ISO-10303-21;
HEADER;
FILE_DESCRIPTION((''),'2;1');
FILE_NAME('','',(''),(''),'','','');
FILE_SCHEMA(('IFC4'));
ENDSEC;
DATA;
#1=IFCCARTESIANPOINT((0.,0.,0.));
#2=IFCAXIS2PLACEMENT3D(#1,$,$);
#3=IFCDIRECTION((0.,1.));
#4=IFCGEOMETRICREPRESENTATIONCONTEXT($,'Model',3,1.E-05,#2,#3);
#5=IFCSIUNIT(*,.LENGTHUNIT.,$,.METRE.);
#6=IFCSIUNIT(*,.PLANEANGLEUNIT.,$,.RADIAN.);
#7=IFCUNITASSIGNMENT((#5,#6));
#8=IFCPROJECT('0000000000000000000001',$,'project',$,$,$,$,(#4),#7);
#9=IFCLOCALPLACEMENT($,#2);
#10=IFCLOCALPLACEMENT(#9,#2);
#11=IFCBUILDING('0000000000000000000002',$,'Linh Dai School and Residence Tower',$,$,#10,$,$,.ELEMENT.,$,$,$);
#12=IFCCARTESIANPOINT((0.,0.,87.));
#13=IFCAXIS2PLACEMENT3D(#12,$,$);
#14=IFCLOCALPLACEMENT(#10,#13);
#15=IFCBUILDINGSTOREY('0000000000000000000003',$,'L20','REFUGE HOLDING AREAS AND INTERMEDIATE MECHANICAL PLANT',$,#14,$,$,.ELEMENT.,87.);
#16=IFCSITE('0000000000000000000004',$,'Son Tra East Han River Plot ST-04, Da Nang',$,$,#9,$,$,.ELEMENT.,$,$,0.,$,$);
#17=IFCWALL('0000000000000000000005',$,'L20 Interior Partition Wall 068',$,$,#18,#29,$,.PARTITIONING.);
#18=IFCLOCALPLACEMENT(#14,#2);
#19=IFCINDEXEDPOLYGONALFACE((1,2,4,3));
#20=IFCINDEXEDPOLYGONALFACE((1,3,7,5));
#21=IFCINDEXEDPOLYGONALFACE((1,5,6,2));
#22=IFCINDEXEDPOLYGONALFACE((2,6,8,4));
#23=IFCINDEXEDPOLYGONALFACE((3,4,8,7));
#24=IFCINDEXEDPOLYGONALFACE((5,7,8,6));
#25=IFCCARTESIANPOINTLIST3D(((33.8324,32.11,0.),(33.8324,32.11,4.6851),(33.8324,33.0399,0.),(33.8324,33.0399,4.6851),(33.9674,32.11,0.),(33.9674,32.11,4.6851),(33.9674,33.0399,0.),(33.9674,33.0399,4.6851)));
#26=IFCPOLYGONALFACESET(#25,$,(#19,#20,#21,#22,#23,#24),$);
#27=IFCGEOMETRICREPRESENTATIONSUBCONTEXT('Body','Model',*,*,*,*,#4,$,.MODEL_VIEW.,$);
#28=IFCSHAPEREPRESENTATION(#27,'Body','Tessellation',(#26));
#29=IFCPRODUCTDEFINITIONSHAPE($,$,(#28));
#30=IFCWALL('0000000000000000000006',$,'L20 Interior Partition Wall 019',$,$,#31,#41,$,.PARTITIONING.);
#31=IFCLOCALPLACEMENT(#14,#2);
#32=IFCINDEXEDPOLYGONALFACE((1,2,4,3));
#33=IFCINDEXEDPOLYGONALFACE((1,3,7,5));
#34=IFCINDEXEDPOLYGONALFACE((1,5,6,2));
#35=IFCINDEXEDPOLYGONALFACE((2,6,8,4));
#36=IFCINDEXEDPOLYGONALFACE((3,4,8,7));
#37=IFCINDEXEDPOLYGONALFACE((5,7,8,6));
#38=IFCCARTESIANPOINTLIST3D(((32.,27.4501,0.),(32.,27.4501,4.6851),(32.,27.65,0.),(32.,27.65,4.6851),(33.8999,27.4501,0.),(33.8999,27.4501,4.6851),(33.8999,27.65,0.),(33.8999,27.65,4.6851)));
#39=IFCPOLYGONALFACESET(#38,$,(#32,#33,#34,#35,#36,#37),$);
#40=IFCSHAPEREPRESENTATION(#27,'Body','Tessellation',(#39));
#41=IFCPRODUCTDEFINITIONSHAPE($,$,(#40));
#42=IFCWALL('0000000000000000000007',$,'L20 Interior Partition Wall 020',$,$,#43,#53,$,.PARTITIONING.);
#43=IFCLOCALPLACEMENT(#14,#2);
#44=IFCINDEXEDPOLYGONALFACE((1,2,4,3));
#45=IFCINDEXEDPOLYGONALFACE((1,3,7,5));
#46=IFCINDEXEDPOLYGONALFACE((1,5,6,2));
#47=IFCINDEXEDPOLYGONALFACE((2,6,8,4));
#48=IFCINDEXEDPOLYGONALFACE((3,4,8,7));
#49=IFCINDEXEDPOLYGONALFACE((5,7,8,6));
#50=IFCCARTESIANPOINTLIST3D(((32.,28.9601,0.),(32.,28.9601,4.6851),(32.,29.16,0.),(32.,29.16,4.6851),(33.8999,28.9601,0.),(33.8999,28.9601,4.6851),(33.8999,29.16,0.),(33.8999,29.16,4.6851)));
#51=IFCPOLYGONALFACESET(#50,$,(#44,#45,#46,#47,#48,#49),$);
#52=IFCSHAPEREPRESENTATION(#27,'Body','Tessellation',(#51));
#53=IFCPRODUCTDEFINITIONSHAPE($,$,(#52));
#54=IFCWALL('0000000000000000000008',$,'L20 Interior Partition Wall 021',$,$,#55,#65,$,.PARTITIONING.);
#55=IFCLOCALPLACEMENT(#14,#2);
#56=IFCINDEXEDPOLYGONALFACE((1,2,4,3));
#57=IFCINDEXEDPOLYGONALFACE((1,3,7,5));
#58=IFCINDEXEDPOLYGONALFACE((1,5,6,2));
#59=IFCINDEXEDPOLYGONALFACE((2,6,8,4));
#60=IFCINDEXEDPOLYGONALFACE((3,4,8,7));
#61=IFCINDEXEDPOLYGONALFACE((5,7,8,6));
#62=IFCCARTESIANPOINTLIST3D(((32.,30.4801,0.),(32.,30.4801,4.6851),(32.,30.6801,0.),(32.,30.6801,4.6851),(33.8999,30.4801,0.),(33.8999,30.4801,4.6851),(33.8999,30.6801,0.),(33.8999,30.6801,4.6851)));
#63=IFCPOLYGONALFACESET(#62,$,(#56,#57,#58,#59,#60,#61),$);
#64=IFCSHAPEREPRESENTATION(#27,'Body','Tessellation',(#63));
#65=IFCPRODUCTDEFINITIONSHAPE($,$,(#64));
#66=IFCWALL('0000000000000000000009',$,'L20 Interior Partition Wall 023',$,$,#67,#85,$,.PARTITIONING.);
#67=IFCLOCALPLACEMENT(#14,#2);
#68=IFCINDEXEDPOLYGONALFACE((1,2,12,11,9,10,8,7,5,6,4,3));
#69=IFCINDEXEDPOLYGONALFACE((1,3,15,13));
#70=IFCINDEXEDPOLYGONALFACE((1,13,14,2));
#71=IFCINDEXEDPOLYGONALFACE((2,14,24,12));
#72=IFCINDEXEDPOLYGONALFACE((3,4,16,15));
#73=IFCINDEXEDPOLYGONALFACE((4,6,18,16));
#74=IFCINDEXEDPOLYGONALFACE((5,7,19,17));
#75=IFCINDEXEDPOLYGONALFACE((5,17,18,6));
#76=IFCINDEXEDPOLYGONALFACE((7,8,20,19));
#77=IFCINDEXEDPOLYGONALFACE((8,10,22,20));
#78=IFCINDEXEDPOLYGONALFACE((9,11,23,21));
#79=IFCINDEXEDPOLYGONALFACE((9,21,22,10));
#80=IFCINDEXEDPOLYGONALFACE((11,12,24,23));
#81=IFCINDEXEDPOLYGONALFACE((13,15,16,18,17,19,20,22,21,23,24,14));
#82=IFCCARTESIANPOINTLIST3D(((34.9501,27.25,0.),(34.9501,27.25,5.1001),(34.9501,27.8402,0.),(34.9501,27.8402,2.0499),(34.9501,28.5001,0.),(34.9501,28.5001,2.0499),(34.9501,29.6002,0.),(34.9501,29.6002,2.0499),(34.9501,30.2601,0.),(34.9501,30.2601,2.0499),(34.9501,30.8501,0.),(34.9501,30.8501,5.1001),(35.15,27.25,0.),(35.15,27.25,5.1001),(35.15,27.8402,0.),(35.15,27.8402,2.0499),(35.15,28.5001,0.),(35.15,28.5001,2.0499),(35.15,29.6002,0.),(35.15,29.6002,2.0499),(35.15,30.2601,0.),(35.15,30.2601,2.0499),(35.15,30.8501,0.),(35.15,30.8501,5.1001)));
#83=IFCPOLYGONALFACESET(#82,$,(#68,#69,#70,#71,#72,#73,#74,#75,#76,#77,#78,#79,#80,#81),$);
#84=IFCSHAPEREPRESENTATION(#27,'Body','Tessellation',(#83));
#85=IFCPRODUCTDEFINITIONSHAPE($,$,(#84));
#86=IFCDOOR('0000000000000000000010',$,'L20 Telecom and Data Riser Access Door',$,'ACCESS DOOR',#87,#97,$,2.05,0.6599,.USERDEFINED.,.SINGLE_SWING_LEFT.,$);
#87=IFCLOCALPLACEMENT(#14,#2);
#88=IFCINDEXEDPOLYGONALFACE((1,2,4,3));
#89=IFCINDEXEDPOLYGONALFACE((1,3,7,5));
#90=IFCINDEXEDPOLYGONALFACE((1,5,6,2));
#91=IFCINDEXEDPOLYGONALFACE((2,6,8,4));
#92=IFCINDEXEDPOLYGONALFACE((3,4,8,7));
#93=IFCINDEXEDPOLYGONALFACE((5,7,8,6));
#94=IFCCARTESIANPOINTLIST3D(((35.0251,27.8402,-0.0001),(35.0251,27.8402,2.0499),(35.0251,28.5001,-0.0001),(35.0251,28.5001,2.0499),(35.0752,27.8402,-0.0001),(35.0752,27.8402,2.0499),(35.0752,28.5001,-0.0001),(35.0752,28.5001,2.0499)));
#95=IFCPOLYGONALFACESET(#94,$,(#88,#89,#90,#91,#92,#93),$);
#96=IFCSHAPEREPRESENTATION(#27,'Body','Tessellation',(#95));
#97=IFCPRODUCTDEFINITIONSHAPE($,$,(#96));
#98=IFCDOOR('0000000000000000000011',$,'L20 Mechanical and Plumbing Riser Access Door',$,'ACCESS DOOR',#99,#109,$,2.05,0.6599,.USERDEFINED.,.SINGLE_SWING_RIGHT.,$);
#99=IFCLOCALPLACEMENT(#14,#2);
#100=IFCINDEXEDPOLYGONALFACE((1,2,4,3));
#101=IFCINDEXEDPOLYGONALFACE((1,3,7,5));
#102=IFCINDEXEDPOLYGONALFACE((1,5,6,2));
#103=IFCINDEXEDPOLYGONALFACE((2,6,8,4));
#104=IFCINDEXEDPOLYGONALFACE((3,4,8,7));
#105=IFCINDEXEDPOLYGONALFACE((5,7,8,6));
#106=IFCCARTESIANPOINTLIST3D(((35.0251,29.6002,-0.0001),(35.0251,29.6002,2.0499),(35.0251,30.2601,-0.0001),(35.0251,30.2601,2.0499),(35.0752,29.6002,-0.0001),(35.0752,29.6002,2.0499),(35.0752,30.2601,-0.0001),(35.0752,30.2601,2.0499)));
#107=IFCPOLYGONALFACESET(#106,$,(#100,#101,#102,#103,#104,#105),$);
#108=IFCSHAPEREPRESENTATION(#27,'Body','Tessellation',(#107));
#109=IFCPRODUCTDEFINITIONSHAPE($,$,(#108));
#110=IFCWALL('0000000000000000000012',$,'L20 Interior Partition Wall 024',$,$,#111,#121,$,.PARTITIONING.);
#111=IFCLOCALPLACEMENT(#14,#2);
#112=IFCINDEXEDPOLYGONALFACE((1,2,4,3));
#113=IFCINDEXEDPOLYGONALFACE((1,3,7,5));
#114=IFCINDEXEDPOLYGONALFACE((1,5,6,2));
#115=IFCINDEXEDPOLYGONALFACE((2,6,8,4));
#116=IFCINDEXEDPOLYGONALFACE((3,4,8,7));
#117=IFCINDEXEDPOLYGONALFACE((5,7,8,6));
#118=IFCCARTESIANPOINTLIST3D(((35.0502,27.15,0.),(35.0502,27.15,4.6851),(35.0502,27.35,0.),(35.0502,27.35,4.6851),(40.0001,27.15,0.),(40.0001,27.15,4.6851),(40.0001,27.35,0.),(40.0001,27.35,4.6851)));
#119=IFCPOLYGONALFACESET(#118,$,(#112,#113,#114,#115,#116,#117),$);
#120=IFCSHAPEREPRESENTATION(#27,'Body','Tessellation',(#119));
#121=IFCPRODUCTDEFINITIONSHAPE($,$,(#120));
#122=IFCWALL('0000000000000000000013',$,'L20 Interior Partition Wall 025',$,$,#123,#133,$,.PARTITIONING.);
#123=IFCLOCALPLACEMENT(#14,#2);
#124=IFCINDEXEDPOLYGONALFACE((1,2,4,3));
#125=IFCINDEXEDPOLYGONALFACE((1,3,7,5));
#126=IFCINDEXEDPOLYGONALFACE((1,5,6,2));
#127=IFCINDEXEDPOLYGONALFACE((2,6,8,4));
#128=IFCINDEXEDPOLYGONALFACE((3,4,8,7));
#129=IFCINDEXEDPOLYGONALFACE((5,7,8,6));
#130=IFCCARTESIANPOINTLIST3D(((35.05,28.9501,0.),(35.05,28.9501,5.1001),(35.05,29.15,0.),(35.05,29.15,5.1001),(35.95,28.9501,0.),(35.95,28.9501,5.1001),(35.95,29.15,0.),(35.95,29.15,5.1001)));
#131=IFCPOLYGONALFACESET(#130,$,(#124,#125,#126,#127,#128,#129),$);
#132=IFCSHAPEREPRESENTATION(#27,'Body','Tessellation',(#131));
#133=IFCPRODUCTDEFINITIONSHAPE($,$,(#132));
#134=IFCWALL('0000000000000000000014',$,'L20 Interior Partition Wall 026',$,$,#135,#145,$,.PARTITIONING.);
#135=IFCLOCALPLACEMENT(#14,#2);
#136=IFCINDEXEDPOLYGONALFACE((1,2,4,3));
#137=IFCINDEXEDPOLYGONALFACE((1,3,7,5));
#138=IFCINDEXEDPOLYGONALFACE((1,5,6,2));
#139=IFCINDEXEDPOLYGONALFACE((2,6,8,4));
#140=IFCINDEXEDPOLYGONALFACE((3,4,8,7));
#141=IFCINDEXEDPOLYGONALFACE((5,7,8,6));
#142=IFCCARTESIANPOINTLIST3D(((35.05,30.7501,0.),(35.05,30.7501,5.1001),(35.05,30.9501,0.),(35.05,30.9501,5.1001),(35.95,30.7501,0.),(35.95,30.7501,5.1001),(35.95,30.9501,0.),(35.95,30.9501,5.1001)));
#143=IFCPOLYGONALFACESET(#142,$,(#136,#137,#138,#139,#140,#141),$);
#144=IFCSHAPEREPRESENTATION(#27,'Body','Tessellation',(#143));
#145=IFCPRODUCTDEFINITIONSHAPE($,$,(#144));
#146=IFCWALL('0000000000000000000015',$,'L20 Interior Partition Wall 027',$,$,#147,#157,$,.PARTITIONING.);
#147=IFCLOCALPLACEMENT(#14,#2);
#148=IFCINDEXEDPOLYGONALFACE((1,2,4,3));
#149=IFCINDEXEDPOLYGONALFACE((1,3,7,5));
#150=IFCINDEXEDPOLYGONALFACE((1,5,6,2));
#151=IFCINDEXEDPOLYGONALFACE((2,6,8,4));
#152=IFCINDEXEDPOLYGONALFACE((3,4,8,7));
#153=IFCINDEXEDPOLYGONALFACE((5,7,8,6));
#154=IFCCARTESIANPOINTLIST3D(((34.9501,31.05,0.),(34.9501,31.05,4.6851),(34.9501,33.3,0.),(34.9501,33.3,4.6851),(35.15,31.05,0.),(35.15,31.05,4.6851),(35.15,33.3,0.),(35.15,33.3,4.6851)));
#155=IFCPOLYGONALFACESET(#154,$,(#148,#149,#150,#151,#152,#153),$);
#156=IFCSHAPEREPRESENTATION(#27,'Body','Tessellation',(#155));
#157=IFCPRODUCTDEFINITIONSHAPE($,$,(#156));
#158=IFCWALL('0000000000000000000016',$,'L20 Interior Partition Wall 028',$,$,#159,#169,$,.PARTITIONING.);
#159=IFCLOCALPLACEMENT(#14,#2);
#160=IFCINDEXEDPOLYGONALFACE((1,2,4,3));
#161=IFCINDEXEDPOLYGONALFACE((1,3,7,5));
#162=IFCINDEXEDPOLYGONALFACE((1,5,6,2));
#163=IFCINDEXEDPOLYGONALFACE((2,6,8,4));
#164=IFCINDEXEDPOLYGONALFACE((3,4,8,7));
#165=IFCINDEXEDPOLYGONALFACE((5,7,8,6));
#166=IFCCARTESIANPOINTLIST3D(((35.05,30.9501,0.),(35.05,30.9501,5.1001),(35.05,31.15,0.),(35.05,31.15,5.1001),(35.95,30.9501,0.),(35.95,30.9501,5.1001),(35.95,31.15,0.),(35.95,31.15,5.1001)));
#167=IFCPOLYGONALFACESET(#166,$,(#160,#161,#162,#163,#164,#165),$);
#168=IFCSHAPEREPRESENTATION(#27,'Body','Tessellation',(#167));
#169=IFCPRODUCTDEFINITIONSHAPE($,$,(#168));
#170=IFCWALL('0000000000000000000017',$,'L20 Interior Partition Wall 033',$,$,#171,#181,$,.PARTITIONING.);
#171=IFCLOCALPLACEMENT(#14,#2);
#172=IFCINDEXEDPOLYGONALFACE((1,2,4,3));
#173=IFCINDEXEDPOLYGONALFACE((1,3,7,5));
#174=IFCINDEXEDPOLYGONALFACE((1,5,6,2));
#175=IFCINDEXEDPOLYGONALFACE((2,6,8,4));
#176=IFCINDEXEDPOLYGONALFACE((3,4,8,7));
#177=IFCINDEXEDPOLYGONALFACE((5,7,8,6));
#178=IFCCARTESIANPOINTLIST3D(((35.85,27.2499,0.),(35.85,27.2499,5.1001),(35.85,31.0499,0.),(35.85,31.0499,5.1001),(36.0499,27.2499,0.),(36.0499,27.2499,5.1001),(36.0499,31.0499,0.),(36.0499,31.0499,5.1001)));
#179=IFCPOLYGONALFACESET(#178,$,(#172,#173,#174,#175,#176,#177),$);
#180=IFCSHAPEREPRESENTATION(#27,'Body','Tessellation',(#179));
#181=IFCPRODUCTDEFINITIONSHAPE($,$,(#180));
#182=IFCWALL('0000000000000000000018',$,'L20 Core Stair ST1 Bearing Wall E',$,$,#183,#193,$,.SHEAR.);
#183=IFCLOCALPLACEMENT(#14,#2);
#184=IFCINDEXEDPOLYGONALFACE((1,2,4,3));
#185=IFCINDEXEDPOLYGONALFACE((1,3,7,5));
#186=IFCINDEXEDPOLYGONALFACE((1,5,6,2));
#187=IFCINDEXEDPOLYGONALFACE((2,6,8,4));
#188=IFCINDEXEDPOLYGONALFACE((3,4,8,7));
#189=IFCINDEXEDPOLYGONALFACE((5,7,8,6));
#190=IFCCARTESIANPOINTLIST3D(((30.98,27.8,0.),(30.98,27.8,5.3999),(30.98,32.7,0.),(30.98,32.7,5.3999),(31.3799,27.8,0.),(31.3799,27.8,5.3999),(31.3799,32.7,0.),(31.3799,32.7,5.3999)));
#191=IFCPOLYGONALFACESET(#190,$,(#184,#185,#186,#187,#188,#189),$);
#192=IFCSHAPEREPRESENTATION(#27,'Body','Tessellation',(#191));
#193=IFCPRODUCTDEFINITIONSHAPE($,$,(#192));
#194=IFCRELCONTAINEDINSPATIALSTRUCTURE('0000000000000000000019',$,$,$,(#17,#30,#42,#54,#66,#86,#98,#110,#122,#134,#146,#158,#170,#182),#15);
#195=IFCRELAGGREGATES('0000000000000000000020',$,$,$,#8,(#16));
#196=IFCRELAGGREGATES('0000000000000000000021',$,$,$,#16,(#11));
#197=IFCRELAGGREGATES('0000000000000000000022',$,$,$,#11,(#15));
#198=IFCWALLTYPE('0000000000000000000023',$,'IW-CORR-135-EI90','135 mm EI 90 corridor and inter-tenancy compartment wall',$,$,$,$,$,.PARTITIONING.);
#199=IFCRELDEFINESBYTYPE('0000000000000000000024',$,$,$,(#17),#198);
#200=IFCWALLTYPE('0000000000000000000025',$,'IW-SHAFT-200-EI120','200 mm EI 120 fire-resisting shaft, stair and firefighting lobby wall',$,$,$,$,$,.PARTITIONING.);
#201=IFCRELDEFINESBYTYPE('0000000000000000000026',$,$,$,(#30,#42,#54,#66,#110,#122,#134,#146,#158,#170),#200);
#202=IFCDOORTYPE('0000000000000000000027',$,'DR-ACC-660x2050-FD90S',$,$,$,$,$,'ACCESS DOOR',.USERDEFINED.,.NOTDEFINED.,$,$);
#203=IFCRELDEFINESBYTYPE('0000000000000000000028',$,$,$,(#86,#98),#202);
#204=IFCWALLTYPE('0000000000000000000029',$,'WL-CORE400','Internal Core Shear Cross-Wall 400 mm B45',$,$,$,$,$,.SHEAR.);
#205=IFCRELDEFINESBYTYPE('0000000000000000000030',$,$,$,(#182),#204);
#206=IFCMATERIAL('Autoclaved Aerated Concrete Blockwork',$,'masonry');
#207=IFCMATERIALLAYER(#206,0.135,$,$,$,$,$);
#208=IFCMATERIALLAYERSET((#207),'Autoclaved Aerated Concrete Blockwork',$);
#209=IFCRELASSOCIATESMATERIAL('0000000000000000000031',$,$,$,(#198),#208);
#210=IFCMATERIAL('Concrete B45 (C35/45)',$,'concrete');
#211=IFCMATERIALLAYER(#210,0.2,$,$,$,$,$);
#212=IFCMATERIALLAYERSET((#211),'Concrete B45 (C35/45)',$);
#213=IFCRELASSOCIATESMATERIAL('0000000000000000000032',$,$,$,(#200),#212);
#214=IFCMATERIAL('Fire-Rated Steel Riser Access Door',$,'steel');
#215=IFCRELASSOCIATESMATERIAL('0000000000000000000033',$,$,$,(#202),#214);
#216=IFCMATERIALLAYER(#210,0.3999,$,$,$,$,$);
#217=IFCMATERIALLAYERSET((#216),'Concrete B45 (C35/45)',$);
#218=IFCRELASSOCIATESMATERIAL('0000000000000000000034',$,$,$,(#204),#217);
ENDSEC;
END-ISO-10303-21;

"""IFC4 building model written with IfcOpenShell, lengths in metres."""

from ifc_helpers import new_model, si_unit, direction, frame, frame_2d, origin, origin_2d, place, context, subcontext, project, spatial, rectangle, extrude, source, transform, mapped, material, layer, layer_set, type_object, element, fill, save


model = new_model("IFC4")

# Units and contexts
model_context = context("Model", 3, precision=1e-05, world=origin(), true_north=direction((0.0, 1.0)))
body_context = subcontext(model_context, "Body", "Model", "MODEL_VIEW")
ifc_project = project(units=[si_unit("LENGTHUNIT", "METRE"), si_unit("PLANEANGLEUNIT", "RADIAN")], contexts=[model_context])

# Site, building, storey
site_placement = place(None, origin())
site = spatial("IfcSite", under=ifc_project, at=site_placement, Name="Son Tra East Han River Plot ST-04, Da Nang", CompositionType="ELEMENT", RefElevation=0.0)
building_placement = place(site_placement, origin())
building = spatial("IfcBuilding", under=site, at=building_placement, Name="Linh Dai School and Residence Tower", CompositionType="ELEMENT")
storey_placement = place(building_placement, frame((0.0, 0.0, 87.0)))
storey = spatial("IfcBuildingStorey", under=building, at=storey_placement, Name="L20", Description="REFUGE HOLDING AREAS AND INTERMEDIATE MECHANICAL PLANT", CompositionType="ELEMENT", Elevation=87.0)

# Walls
ifc_material_1 = material(Name="Autoclaved Aerated Concrete Blockwork", Category="masonry")
ifc_layer_1 = layer(ifc_material_1, 0.135)
ifc_layer_set_1 = layer_set([ifc_layer_1], Name="Autoclaved Aerated Concrete Blockwork")
wall_type_1 = type_object("IfcWallType", Name="IW-CORR-135-EI90", Description="135 mm EI 90 corridor and inter-tenancy compartment wall", PredefinedType="PARTITIONING", material=ifc_layer_set_1)
wall_1_placement = place(storey_placement, frame((33.8999, 32.1101, 0.0), z_axis=(0.0, 0.0, 1.0), x_axis=(0.0, 1.0, 0.0)))
element("IfcWall", 1, at=wall_1_placement, inside=storey, type_object=wall_type_1, Name="L20 Interior Partition Wall 068", PredefinedType="PARTITIONING", context=body_context, shape_type="SweptSolid", body=[
    extrude(rectangle(XDim=0.9299, YDim=0.135, at=frame_2d((0.4648, 0.0))), origin(), (0.0, 0.0, 1.0), 4.6851),
])
ifc_material_2 = material(Name="Concrete B45 (C35/45)", Category="concrete")
ifc_layer_2 = layer(ifc_material_2, 0.2)
ifc_layer_set_2 = layer_set([ifc_layer_2], Name="Concrete B45 (C35/45)")
wall_type_2 = type_object("IfcWallType", Name="IW-SHAFT-200-EI120", Description="200 mm EI 120 fire-resisting shaft, stair and firefighting lobby wall", PredefinedType="PARTITIONING", material=ifc_layer_set_2)
for number, where, z_axis, x_axis, name in (
    (2, (32.0, 27.55, 0.0), (0.0, 0.0, 1.0), (1.0, 0.0, 0.0), "L20 Interior Partition Wall 019"),
    (3, (32.0, 29.0601, 0.0), (0.0, 0.0, 1.0), (1.0, 0.0, 0.0), "L20 Interior Partition Wall 020"),
    (4, (32.0, 30.5801, 0.0), (0.0, 0.0, 1.0), (1.0, 0.0, 0.0), "L20 Interior Partition Wall 021"),
):
    element("IfcWall", number, at=place(storey_placement, frame(where, z_axis=z_axis, x_axis=x_axis)), inside=storey, type_object=wall_type_2, Name=name, PredefinedType="PARTITIONING", context=body_context, shape_type="SweptSolid", body=[
        extrude(rectangle(XDim=1.8999, YDim=0.2, at=frame_2d((0.95, 0.0))), origin(), (0.0, 0.0, 1.0), 4.6851),
    ])

# Wall, openings, doors
wall_2_placement = place(storey_placement, frame((35.05, 27.25, 0.0), z_axis=(0.0, 0.0, 1.0), x_axis=(0.0, 1.0, 0.0)))
wall_2 = element("IfcWall", 5, at=wall_2_placement, inside=storey, type_object=wall_type_2, Name="L20 Interior Partition Wall 023", PredefinedType="PARTITIONING", context=body_context, shape_type="SweptSolid", body=[
    extrude(rectangle(XDim=3.6001, YDim=0.2, at=frame_2d((1.8, 0.0))), origin(), (0.0, 0.0, 1.0), 5.1001),
])
opening_1_placement = place(wall_2_placement, frame((0.5901, 0.0, 0.0)))
opening_1 = element("IfcOpeningElement", 6, at=opening_1_placement, cuts=wall_2, PredefinedType="OPENING", context=body_context, shape_type="SweptSolid", body=[
    extrude(rectangle(XDim=0.6599, YDim=2.05, at=origin_2d()), frame((0.3301, 0.1099, 1.0249), z_axis=(0.0, -1.0, 0.0), x_axis=(1.0, 0.0, 0.0)), (0.0, 0.0, 1.0), 0.22),
])
opening_2_placement = place(wall_2_placement, frame((2.3501, 0.0, 0.0)))
opening_2 = element("IfcOpeningElement", 7, at=opening_2_placement, cuts=wall_2, PredefinedType="OPENING", context=body_context, shape_type="SweptSolid", body=[
    extrude(rectangle(XDim=0.6599, YDim=2.05, at=origin_2d()), frame((0.3301, 0.1099, 1.0249), z_axis=(0.0, -1.0, 0.0), x_axis=(1.0, 0.0, 0.0)), (0.0, 0.0, 1.0), 0.22),
])
ifc_material_3 = material(Name="Fire-Rated Steel Riser Access Door", Category="steel")
door_type_1 = type_object("IfcDoorType", Name="DR-ACC-660x2050-FD90S", ElementType="ACCESS DOOR", OperationType="NOTDEFINED", PredefinedType="USERDEFINED", material=ifc_material_3)
shared_shape_1 = source(origin(), body_context, "Body", "SweptSolid", [
    extrude(rectangle(XDim=0.6599, YDim=2.05, at=origin_2d()), frame((0.3301, 0.0249, 1.0249), z_axis=(0.0, -1.0, 0.0), x_axis=(1.0, 0.0, 0.0)), (0.0, 0.0, 1.0), 0.05),
])
door_1_placement = place(opening_1_placement, origin())
door_1 = element("IfcDoor", 8, at=door_1_placement, inside=storey, type_object=door_type_1, Name="L20 Telecom and Data Riser Access Door", ObjectType="ACCESS DOOR", OperationType="SINGLE_SWING_LEFT", OverallHeight=2.05, OverallWidth=0.6599, PredefinedType="USERDEFINED", context=body_context, shape_type="MappedRepresentation", body=[
    mapped(shared_shape_1, transform((0.0, 0.0, 0.0), x_axis=(1.0, 0.0, 0.0), y_axis=(0.0, 1.0, 0.0), z_axis=(0.0, 0.0, 1.0), scale=1.0)),
])
fill(opening_1, door_1)
door_2_placement = place(opening_2_placement, origin())
door_2 = element("IfcDoor", 9, at=door_2_placement, inside=storey, type_object=door_type_1, Name="L20 Mechanical and Plumbing Riser Access Door", ObjectType="ACCESS DOOR", OperationType="SINGLE_SWING_RIGHT", OverallHeight=2.05, OverallWidth=0.6599, PredefinedType="USERDEFINED", context=body_context, shape_type="MappedRepresentation", body=[
    mapped(shared_shape_1, transform((0.0, 0.0, 0.0), x_axis=(1.0, 0.0, 0.0), y_axis=(0.0, 1.0, 0.0), z_axis=(0.0, 0.0, 1.0), scale=1.0)),
])
fill(opening_2, door_2)

# Walls
wall_3_placement = place(storey_placement, frame((35.05, 27.25, 0.0), z_axis=(0.0, 0.0, 1.0), x_axis=(1.0, 0.0, 0.0)))
element("IfcWall", 10, at=wall_3_placement, inside=storey, type_object=wall_type_2, Name="L20 Interior Partition Wall 024", PredefinedType="PARTITIONING", context=body_context, shape_type="SweptSolid", body=[
    extrude(rectangle(XDim=4.95, YDim=0.2, at=frame_2d((2.4751, 0.0))), origin(), (0.0, 0.0, 1.0), 4.6851),
])
for number, where, z_axis, x_axis, name in (
    (11, (35.05, 29.05, 0.0), (0.0, 0.0, 1.0), (1.0, 0.0, 0.0), "L20 Interior Partition Wall 025"),
    (12, (35.05, 30.8501, 0.0), (0.0, 0.0, 1.0), (1.0, 0.0, 0.0), "L20 Interior Partition Wall 026"),
):
    element("IfcWall", number, at=place(storey_placement, frame(where, z_axis=z_axis, x_axis=x_axis)), inside=storey, type_object=wall_type_2, Name=name, PredefinedType="PARTITIONING", context=body_context, shape_type="SweptSolid", body=[
        extrude(rectangle(XDim=0.8999, YDim=0.2, at=frame_2d((0.45, 0.0))), origin(), (0.0, 0.0, 1.0), 5.1001),
    ])
wall_4_placement = place(storey_placement, frame((35.05, 31.05, 0.0), z_axis=(0.0, 0.0, 1.0), x_axis=(0.0, 1.0, 0.0)))
element("IfcWall", 13, at=wall_4_placement, inside=storey, type_object=wall_type_2, Name="L20 Interior Partition Wall 027", PredefinedType="PARTITIONING", context=body_context, shape_type="SweptSolid", body=[
    extrude(rectangle(XDim=2.25, YDim=0.2, at=frame_2d((1.125, 0.0))), origin(), (0.0, 0.0, 1.0), 4.6851),
])
wall_5_placement = place(storey_placement, frame((35.05, 31.05, 0.0), z_axis=(0.0, 0.0, 1.0), x_axis=(1.0, 0.0, 0.0)))
element("IfcWall", 14, at=wall_5_placement, inside=storey, type_object=wall_type_2, Name="L20 Interior Partition Wall 028", PredefinedType="PARTITIONING", context=body_context, shape_type="SweptSolid", body=[
    extrude(rectangle(XDim=0.8999, YDim=0.2, at=frame_2d((0.45, 0.0))), origin(), (0.0, 0.0, 1.0), 5.1001),
])
wall_6_placement = place(storey_placement, frame((35.95, 27.25, 0.0), z_axis=(0.0, 0.0, 1.0), x_axis=(0.0, 1.0, 0.0)))
element("IfcWall", 15, at=wall_6_placement, inside=storey, type_object=wall_type_2, Name="L20 Interior Partition Wall 033", PredefinedType="PARTITIONING", context=body_context, shape_type="SweptSolid", body=[
    extrude(rectangle(XDim=3.8, YDim=0.2, at=frame_2d((1.8999, 0.0))), origin(), (0.0, 0.0, 1.0), 5.1001),
])

# Wall
ifc_layer_3 = layer(ifc_material_2, 0.3999)
ifc_layer_set_3 = layer_set([ifc_layer_3], Name="Concrete B45 (C35/45)")
wall_type_3 = type_object("IfcWallType", Name="WL-CORE400", Description="Internal Core Shear Cross-Wall 400 mm B45", PredefinedType="SHEAR", material=ifc_layer_set_3)
wall_7_placement = place(storey_placement, frame((31.1799, 27.8, 0.0), z_axis=(0.0, 0.0, 1.0), x_axis=(0.0, 1.0, 0.0)))
element("IfcWall", 16, at=wall_7_placement, inside=storey, type_object=wall_type_3, Name="L20 Core Stair ST1 Bearing Wall E", PredefinedType="SHEAR", context=body_context, shape_type="SweptSolid", body=[
    extrude(rectangle(XDim=4.8999, YDim=0.3999, at=frame_2d((2.45, 0.0))), origin(), (0.0, 0.0, 1.0), 5.3999),
])

save(model, "model.ifc")
